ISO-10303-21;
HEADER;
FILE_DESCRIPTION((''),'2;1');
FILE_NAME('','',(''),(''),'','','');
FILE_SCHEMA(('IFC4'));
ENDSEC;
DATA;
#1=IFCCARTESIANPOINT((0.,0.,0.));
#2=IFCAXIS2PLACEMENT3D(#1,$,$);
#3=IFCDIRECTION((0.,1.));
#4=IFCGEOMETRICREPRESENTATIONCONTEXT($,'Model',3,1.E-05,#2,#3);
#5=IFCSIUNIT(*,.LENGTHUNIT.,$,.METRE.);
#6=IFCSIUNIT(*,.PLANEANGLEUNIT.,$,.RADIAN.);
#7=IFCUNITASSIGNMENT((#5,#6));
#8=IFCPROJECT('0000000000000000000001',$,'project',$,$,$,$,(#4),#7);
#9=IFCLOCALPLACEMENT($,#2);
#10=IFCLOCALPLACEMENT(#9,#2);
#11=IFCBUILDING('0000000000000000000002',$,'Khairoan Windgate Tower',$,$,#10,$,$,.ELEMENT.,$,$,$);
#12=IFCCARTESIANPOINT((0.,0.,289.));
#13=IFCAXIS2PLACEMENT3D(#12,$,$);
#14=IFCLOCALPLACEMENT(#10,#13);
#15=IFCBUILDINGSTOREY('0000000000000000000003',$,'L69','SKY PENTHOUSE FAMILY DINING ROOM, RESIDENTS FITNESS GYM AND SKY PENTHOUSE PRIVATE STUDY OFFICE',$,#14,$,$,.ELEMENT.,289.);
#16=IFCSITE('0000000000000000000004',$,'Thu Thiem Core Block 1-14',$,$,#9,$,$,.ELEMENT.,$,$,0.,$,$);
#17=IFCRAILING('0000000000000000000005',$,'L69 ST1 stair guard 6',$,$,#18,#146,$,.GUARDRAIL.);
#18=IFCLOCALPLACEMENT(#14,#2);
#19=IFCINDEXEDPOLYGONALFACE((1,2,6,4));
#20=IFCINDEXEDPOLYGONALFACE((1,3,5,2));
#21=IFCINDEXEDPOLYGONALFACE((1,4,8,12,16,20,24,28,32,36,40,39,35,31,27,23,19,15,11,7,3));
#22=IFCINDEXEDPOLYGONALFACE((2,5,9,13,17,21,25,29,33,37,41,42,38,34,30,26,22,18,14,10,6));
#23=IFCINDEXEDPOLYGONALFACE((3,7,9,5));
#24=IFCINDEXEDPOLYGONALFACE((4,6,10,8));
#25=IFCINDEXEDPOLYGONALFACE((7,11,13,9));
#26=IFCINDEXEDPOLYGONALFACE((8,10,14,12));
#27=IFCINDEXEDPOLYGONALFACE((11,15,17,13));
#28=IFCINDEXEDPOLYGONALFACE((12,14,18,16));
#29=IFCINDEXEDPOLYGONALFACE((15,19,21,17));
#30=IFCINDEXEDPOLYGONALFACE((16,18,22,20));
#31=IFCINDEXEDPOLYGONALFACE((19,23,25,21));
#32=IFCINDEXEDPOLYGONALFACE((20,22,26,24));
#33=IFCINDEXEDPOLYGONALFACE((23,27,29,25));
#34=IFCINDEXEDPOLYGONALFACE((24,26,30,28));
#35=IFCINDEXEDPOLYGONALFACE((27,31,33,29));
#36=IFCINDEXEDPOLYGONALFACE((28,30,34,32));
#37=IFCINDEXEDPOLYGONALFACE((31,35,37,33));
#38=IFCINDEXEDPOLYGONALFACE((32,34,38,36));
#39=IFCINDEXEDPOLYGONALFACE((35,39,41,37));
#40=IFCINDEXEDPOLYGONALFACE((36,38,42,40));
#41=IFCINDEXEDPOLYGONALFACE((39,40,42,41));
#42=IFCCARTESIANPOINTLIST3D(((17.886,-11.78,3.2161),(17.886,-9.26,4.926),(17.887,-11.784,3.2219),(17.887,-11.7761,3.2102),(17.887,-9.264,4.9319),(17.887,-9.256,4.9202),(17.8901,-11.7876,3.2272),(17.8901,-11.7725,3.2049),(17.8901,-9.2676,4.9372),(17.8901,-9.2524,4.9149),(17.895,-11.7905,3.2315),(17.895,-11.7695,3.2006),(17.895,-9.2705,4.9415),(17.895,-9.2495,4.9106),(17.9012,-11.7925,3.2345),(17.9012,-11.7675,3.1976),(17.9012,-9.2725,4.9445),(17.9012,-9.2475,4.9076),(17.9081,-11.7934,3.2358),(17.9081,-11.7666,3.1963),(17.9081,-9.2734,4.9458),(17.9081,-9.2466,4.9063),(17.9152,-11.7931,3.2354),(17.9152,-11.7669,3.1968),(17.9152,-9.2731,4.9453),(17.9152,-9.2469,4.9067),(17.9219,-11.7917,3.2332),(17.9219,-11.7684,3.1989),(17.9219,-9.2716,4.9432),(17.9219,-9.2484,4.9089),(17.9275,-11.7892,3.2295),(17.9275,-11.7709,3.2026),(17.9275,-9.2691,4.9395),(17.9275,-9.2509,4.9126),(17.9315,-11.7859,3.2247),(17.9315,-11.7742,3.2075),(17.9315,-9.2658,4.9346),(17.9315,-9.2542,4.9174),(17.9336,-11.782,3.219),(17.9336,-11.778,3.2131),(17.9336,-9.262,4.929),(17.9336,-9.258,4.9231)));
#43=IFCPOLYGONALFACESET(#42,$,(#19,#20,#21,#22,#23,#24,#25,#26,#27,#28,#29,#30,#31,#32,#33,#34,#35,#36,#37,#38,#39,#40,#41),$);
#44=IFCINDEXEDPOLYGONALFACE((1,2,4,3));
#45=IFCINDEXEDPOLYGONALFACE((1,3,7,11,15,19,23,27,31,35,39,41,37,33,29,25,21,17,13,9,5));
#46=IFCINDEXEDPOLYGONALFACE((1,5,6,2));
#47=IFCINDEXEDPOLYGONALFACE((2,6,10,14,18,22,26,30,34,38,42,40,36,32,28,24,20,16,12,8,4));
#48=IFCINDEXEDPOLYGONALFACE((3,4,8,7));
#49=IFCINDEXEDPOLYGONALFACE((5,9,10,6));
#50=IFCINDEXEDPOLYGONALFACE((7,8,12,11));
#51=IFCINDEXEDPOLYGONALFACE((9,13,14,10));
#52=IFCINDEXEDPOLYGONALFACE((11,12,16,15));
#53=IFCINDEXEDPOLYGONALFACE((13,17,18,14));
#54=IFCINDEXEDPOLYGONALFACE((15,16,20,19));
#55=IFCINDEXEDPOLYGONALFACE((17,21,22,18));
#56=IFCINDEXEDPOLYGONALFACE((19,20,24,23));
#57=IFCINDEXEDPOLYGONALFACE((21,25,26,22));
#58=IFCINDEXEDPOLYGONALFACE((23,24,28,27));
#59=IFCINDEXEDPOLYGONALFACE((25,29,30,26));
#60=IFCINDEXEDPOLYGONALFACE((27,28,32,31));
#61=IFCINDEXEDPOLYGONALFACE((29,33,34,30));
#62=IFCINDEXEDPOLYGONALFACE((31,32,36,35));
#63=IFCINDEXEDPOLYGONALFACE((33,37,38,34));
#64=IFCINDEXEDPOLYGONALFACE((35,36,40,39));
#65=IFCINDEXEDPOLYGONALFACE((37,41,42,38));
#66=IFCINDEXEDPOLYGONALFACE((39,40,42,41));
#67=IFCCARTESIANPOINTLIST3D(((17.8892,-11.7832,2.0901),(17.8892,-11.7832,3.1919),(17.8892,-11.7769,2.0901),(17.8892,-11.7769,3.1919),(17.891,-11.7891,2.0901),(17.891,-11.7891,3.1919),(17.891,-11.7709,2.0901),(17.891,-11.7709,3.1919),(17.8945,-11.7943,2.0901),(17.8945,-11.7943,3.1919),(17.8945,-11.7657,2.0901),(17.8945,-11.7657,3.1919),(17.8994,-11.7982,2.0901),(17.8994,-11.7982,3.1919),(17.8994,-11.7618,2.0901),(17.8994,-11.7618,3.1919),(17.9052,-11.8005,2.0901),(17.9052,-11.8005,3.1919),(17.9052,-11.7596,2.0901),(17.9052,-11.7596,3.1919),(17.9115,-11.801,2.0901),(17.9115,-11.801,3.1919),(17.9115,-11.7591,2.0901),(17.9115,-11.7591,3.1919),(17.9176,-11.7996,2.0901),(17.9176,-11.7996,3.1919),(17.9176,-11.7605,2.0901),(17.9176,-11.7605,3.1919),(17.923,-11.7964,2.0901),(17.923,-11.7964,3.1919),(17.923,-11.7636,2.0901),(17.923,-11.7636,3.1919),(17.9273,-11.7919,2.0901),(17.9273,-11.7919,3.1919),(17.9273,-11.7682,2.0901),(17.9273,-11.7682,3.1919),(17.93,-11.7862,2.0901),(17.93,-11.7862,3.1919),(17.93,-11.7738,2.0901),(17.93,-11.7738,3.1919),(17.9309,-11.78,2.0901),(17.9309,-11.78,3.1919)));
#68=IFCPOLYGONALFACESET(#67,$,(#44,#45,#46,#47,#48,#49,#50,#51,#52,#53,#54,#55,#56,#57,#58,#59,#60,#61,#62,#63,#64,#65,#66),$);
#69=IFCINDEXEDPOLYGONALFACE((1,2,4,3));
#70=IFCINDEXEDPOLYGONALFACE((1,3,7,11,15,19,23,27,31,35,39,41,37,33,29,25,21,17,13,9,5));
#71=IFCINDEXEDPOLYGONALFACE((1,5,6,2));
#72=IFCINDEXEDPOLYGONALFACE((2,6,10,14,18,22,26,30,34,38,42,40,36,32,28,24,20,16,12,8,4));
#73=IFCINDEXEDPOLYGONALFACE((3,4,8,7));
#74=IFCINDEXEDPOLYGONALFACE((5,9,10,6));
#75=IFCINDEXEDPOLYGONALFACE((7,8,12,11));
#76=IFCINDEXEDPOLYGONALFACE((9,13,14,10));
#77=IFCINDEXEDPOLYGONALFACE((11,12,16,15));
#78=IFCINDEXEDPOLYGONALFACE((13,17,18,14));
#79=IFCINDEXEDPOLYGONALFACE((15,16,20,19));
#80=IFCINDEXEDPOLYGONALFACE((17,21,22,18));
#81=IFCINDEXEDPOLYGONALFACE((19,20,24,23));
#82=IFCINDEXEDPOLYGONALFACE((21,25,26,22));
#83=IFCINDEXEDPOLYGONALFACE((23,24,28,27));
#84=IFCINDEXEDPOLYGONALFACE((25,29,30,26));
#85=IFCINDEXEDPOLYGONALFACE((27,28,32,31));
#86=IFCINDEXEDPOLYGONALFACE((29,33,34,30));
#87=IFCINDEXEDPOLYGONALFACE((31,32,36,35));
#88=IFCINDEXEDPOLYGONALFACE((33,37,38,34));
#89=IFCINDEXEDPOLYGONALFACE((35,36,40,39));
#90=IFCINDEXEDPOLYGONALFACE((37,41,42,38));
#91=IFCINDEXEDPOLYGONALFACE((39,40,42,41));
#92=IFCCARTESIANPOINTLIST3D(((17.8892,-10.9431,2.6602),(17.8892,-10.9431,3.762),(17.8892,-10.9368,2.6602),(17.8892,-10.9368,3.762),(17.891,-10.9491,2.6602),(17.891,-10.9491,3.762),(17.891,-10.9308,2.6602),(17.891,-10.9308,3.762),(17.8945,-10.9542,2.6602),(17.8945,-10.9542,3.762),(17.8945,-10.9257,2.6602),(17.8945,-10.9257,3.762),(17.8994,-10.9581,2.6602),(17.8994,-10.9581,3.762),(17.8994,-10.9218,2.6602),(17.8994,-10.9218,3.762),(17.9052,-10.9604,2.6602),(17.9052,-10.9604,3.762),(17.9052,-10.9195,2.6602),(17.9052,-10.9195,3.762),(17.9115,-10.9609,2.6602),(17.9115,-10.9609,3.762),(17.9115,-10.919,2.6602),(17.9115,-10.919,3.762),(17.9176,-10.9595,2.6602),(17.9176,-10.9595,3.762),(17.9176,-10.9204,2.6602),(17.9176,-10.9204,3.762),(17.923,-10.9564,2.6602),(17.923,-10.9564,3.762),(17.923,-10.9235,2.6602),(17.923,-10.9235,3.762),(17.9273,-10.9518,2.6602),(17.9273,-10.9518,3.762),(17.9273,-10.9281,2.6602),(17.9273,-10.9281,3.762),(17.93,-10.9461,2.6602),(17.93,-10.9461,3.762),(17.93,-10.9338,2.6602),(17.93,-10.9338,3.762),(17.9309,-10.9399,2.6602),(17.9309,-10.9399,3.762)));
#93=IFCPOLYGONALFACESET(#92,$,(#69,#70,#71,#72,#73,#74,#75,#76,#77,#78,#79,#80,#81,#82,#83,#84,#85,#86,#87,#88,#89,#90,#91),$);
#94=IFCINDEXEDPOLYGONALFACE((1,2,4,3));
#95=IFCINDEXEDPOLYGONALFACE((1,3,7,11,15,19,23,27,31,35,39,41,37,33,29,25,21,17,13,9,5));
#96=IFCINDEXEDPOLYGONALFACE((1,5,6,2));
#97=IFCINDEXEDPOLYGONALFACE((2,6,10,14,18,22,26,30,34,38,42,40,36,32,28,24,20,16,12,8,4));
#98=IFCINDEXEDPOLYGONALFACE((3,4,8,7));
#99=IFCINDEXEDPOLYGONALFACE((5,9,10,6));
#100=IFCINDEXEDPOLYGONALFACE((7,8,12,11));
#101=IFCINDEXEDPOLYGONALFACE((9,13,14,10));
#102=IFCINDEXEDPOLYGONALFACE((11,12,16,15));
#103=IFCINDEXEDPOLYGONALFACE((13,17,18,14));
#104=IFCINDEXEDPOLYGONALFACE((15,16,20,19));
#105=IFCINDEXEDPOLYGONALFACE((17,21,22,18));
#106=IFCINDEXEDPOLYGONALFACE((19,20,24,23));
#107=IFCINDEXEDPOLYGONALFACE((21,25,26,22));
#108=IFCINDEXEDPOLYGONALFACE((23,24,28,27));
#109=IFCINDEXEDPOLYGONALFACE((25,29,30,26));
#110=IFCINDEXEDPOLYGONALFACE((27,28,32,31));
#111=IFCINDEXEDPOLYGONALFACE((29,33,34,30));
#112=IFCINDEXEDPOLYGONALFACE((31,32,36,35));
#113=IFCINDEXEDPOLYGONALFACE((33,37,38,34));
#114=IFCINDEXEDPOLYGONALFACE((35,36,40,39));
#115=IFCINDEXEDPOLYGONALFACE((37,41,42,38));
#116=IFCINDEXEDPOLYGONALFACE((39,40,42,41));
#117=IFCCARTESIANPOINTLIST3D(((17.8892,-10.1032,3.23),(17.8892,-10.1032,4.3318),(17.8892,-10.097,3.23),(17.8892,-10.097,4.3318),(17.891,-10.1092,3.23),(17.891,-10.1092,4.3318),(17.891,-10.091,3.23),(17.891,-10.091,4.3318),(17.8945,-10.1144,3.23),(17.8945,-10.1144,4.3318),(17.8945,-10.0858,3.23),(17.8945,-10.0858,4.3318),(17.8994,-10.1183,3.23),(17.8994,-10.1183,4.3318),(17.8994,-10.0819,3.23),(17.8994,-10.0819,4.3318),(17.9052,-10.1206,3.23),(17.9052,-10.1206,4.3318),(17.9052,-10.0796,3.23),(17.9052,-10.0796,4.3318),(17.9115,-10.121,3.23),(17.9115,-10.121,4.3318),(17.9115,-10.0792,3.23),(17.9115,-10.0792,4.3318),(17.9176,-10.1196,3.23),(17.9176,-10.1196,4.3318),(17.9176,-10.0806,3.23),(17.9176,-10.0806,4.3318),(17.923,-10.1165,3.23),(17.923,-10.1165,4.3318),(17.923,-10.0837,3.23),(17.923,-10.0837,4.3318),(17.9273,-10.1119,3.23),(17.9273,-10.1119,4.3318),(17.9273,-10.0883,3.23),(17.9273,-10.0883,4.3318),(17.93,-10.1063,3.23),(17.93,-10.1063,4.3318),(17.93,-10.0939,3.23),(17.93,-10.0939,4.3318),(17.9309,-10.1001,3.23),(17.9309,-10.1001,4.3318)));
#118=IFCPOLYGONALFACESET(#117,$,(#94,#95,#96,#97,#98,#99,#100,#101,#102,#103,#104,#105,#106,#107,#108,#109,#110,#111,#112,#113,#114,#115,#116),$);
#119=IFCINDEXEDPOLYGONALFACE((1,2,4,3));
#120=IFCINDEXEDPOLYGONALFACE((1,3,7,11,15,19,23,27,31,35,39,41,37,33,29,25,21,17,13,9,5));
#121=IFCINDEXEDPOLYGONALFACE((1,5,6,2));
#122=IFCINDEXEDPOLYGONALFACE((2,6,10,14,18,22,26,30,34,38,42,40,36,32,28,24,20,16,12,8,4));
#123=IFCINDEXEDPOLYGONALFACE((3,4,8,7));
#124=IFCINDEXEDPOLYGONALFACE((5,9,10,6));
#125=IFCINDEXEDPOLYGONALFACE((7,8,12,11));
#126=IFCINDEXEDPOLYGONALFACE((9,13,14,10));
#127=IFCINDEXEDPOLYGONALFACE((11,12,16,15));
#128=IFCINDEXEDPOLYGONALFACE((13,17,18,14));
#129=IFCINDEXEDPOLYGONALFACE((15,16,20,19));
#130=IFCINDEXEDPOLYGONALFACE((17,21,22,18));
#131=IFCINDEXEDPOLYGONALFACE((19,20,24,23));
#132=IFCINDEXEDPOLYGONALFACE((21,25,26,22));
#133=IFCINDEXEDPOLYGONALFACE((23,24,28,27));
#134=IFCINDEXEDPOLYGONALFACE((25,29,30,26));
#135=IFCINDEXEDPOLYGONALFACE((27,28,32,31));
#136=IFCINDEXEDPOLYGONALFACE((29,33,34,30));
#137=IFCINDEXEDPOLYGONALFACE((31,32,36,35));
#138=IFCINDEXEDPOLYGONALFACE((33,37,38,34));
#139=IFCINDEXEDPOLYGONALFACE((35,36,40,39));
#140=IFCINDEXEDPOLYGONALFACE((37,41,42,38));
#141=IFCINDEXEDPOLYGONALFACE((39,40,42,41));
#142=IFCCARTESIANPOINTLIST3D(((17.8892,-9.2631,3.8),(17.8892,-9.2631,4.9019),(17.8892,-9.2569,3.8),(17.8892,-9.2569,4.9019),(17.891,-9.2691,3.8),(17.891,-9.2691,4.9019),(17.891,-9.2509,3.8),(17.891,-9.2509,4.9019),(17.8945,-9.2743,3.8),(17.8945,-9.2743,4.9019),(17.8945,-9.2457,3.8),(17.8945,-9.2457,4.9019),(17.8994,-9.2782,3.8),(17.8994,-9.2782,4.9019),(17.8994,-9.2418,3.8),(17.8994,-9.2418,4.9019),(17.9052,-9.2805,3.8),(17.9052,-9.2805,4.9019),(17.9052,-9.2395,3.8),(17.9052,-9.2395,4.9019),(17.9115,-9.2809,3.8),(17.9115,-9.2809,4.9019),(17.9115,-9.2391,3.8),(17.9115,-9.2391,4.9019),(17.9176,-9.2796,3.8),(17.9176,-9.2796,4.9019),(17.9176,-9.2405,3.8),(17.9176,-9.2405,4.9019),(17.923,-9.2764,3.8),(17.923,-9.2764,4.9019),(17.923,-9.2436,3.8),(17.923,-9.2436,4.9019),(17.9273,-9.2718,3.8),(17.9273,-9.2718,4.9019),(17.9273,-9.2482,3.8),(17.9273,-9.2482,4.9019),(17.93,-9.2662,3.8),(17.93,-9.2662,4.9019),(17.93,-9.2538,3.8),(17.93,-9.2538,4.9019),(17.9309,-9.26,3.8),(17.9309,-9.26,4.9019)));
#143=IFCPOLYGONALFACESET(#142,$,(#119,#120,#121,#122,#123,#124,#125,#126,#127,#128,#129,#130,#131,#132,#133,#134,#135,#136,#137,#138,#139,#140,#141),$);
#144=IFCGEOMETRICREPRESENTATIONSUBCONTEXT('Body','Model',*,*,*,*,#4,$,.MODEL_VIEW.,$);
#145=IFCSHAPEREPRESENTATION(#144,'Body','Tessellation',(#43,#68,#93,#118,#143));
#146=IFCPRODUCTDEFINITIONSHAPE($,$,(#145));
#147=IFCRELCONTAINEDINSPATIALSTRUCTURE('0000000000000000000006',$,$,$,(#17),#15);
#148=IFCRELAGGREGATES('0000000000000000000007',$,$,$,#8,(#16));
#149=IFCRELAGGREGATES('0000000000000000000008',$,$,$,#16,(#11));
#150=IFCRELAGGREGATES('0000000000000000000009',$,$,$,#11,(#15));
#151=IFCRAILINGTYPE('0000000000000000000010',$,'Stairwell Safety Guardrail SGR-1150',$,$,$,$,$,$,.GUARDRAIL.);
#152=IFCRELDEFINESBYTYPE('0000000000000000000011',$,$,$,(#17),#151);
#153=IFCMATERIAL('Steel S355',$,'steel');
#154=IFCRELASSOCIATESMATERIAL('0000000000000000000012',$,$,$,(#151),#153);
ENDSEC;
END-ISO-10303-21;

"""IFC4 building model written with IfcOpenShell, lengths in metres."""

from ifc_helpers import new_model, si_unit, direction, frame, origin, origin_2d, place, context, subcontext, project, spatial, circle, extrude, material, type_object, element, save


model = new_model("IFC4")

# Units and contexts
model_context = context("Model", 3, precision=1e-05, world=origin(), true_north=direction((0.0, 1.0)))
body_context = subcontext(model_context, "Body", "Model", "MODEL_VIEW")
ifc_project = project(units=[si_unit("LENGTHUNIT", "METRE"), si_unit("PLANEANGLEUNIT", "RADIAN")], contexts=[model_context])

# Site, building, storey
site_placement = place(None, origin())
site = spatial("IfcSite", under=ifc_project, at=site_placement, Name="Thu Thiem Core Block 1-14", CompositionType="ELEMENT", RefElevation=0.0)
building_placement = place(site_placement, origin())
building = spatial("IfcBuilding", under=site, at=building_placement, Name="Khairoan Windgate Tower", CompositionType="ELEMENT")
storey_placement = place(building_placement, frame((0.0, 0.0, 289.0)))
storey = spatial("IfcBuildingStorey", under=building, at=storey_placement, Name="L69", Description="SKY PENTHOUSE FAMILY DINING ROOM, RESIDENTS FITNESS GYM AND SKY PENTHOUSE PRIVATE STUDY OFFICE", CompositionType="ELEMENT", Elevation=289.0)

# Railing
ifc_material_1 = material(Name="Steel S355", Category="steel")
railing_type_1 = type_object("IfcRailingType", Name="Stairwell Safety Guardrail SGR-1150", PredefinedType="GUARDRAIL", material=ifc_material_1)
railing_1_placement = place(storey_placement, frame((17.9099, -11.78, 2.0901)))
element("IfcRailing", 1, at=railing_1_placement, inside=storey, type_object=railing_type_1, Name="L69 ST1 stair guard 6", PredefinedType="GUARDRAIL", context=body_context, shape_type="SweptSolid", body=[
    extrude(circle(Radius=0.0239, at=origin_2d()), frame((0.0, 0.0, 1.126), z_axis=(0.0, 0.827484, 0.56149), x_axis=(-1.0, 0.0, 0.0)), (0.0, 0.0, 1.0), 3.0454),
    extrude(circle(Radius=0.021, at=origin_2d()), origin(), (0.0, 0.0, 1.0), 1.1018),
    extrude(circle(Radius=0.021, at=origin_2d()), frame((0.0, 0.8401, 0.5701)), (0.0, 0.0, 1.0), 1.1018),
    extrude(circle(Radius=0.021, at=origin_2d()), frame((0.0, 1.6799, 1.1399)), (0.0, 0.0, 1.0), 1.1018),
    extrude(circle(Radius=0.021, at=origin_2d()), frame((0.0, 2.52, 1.71)), (0.0, 0.0, 1.0), 1.1018),
])

save(model, "model.ifc")
